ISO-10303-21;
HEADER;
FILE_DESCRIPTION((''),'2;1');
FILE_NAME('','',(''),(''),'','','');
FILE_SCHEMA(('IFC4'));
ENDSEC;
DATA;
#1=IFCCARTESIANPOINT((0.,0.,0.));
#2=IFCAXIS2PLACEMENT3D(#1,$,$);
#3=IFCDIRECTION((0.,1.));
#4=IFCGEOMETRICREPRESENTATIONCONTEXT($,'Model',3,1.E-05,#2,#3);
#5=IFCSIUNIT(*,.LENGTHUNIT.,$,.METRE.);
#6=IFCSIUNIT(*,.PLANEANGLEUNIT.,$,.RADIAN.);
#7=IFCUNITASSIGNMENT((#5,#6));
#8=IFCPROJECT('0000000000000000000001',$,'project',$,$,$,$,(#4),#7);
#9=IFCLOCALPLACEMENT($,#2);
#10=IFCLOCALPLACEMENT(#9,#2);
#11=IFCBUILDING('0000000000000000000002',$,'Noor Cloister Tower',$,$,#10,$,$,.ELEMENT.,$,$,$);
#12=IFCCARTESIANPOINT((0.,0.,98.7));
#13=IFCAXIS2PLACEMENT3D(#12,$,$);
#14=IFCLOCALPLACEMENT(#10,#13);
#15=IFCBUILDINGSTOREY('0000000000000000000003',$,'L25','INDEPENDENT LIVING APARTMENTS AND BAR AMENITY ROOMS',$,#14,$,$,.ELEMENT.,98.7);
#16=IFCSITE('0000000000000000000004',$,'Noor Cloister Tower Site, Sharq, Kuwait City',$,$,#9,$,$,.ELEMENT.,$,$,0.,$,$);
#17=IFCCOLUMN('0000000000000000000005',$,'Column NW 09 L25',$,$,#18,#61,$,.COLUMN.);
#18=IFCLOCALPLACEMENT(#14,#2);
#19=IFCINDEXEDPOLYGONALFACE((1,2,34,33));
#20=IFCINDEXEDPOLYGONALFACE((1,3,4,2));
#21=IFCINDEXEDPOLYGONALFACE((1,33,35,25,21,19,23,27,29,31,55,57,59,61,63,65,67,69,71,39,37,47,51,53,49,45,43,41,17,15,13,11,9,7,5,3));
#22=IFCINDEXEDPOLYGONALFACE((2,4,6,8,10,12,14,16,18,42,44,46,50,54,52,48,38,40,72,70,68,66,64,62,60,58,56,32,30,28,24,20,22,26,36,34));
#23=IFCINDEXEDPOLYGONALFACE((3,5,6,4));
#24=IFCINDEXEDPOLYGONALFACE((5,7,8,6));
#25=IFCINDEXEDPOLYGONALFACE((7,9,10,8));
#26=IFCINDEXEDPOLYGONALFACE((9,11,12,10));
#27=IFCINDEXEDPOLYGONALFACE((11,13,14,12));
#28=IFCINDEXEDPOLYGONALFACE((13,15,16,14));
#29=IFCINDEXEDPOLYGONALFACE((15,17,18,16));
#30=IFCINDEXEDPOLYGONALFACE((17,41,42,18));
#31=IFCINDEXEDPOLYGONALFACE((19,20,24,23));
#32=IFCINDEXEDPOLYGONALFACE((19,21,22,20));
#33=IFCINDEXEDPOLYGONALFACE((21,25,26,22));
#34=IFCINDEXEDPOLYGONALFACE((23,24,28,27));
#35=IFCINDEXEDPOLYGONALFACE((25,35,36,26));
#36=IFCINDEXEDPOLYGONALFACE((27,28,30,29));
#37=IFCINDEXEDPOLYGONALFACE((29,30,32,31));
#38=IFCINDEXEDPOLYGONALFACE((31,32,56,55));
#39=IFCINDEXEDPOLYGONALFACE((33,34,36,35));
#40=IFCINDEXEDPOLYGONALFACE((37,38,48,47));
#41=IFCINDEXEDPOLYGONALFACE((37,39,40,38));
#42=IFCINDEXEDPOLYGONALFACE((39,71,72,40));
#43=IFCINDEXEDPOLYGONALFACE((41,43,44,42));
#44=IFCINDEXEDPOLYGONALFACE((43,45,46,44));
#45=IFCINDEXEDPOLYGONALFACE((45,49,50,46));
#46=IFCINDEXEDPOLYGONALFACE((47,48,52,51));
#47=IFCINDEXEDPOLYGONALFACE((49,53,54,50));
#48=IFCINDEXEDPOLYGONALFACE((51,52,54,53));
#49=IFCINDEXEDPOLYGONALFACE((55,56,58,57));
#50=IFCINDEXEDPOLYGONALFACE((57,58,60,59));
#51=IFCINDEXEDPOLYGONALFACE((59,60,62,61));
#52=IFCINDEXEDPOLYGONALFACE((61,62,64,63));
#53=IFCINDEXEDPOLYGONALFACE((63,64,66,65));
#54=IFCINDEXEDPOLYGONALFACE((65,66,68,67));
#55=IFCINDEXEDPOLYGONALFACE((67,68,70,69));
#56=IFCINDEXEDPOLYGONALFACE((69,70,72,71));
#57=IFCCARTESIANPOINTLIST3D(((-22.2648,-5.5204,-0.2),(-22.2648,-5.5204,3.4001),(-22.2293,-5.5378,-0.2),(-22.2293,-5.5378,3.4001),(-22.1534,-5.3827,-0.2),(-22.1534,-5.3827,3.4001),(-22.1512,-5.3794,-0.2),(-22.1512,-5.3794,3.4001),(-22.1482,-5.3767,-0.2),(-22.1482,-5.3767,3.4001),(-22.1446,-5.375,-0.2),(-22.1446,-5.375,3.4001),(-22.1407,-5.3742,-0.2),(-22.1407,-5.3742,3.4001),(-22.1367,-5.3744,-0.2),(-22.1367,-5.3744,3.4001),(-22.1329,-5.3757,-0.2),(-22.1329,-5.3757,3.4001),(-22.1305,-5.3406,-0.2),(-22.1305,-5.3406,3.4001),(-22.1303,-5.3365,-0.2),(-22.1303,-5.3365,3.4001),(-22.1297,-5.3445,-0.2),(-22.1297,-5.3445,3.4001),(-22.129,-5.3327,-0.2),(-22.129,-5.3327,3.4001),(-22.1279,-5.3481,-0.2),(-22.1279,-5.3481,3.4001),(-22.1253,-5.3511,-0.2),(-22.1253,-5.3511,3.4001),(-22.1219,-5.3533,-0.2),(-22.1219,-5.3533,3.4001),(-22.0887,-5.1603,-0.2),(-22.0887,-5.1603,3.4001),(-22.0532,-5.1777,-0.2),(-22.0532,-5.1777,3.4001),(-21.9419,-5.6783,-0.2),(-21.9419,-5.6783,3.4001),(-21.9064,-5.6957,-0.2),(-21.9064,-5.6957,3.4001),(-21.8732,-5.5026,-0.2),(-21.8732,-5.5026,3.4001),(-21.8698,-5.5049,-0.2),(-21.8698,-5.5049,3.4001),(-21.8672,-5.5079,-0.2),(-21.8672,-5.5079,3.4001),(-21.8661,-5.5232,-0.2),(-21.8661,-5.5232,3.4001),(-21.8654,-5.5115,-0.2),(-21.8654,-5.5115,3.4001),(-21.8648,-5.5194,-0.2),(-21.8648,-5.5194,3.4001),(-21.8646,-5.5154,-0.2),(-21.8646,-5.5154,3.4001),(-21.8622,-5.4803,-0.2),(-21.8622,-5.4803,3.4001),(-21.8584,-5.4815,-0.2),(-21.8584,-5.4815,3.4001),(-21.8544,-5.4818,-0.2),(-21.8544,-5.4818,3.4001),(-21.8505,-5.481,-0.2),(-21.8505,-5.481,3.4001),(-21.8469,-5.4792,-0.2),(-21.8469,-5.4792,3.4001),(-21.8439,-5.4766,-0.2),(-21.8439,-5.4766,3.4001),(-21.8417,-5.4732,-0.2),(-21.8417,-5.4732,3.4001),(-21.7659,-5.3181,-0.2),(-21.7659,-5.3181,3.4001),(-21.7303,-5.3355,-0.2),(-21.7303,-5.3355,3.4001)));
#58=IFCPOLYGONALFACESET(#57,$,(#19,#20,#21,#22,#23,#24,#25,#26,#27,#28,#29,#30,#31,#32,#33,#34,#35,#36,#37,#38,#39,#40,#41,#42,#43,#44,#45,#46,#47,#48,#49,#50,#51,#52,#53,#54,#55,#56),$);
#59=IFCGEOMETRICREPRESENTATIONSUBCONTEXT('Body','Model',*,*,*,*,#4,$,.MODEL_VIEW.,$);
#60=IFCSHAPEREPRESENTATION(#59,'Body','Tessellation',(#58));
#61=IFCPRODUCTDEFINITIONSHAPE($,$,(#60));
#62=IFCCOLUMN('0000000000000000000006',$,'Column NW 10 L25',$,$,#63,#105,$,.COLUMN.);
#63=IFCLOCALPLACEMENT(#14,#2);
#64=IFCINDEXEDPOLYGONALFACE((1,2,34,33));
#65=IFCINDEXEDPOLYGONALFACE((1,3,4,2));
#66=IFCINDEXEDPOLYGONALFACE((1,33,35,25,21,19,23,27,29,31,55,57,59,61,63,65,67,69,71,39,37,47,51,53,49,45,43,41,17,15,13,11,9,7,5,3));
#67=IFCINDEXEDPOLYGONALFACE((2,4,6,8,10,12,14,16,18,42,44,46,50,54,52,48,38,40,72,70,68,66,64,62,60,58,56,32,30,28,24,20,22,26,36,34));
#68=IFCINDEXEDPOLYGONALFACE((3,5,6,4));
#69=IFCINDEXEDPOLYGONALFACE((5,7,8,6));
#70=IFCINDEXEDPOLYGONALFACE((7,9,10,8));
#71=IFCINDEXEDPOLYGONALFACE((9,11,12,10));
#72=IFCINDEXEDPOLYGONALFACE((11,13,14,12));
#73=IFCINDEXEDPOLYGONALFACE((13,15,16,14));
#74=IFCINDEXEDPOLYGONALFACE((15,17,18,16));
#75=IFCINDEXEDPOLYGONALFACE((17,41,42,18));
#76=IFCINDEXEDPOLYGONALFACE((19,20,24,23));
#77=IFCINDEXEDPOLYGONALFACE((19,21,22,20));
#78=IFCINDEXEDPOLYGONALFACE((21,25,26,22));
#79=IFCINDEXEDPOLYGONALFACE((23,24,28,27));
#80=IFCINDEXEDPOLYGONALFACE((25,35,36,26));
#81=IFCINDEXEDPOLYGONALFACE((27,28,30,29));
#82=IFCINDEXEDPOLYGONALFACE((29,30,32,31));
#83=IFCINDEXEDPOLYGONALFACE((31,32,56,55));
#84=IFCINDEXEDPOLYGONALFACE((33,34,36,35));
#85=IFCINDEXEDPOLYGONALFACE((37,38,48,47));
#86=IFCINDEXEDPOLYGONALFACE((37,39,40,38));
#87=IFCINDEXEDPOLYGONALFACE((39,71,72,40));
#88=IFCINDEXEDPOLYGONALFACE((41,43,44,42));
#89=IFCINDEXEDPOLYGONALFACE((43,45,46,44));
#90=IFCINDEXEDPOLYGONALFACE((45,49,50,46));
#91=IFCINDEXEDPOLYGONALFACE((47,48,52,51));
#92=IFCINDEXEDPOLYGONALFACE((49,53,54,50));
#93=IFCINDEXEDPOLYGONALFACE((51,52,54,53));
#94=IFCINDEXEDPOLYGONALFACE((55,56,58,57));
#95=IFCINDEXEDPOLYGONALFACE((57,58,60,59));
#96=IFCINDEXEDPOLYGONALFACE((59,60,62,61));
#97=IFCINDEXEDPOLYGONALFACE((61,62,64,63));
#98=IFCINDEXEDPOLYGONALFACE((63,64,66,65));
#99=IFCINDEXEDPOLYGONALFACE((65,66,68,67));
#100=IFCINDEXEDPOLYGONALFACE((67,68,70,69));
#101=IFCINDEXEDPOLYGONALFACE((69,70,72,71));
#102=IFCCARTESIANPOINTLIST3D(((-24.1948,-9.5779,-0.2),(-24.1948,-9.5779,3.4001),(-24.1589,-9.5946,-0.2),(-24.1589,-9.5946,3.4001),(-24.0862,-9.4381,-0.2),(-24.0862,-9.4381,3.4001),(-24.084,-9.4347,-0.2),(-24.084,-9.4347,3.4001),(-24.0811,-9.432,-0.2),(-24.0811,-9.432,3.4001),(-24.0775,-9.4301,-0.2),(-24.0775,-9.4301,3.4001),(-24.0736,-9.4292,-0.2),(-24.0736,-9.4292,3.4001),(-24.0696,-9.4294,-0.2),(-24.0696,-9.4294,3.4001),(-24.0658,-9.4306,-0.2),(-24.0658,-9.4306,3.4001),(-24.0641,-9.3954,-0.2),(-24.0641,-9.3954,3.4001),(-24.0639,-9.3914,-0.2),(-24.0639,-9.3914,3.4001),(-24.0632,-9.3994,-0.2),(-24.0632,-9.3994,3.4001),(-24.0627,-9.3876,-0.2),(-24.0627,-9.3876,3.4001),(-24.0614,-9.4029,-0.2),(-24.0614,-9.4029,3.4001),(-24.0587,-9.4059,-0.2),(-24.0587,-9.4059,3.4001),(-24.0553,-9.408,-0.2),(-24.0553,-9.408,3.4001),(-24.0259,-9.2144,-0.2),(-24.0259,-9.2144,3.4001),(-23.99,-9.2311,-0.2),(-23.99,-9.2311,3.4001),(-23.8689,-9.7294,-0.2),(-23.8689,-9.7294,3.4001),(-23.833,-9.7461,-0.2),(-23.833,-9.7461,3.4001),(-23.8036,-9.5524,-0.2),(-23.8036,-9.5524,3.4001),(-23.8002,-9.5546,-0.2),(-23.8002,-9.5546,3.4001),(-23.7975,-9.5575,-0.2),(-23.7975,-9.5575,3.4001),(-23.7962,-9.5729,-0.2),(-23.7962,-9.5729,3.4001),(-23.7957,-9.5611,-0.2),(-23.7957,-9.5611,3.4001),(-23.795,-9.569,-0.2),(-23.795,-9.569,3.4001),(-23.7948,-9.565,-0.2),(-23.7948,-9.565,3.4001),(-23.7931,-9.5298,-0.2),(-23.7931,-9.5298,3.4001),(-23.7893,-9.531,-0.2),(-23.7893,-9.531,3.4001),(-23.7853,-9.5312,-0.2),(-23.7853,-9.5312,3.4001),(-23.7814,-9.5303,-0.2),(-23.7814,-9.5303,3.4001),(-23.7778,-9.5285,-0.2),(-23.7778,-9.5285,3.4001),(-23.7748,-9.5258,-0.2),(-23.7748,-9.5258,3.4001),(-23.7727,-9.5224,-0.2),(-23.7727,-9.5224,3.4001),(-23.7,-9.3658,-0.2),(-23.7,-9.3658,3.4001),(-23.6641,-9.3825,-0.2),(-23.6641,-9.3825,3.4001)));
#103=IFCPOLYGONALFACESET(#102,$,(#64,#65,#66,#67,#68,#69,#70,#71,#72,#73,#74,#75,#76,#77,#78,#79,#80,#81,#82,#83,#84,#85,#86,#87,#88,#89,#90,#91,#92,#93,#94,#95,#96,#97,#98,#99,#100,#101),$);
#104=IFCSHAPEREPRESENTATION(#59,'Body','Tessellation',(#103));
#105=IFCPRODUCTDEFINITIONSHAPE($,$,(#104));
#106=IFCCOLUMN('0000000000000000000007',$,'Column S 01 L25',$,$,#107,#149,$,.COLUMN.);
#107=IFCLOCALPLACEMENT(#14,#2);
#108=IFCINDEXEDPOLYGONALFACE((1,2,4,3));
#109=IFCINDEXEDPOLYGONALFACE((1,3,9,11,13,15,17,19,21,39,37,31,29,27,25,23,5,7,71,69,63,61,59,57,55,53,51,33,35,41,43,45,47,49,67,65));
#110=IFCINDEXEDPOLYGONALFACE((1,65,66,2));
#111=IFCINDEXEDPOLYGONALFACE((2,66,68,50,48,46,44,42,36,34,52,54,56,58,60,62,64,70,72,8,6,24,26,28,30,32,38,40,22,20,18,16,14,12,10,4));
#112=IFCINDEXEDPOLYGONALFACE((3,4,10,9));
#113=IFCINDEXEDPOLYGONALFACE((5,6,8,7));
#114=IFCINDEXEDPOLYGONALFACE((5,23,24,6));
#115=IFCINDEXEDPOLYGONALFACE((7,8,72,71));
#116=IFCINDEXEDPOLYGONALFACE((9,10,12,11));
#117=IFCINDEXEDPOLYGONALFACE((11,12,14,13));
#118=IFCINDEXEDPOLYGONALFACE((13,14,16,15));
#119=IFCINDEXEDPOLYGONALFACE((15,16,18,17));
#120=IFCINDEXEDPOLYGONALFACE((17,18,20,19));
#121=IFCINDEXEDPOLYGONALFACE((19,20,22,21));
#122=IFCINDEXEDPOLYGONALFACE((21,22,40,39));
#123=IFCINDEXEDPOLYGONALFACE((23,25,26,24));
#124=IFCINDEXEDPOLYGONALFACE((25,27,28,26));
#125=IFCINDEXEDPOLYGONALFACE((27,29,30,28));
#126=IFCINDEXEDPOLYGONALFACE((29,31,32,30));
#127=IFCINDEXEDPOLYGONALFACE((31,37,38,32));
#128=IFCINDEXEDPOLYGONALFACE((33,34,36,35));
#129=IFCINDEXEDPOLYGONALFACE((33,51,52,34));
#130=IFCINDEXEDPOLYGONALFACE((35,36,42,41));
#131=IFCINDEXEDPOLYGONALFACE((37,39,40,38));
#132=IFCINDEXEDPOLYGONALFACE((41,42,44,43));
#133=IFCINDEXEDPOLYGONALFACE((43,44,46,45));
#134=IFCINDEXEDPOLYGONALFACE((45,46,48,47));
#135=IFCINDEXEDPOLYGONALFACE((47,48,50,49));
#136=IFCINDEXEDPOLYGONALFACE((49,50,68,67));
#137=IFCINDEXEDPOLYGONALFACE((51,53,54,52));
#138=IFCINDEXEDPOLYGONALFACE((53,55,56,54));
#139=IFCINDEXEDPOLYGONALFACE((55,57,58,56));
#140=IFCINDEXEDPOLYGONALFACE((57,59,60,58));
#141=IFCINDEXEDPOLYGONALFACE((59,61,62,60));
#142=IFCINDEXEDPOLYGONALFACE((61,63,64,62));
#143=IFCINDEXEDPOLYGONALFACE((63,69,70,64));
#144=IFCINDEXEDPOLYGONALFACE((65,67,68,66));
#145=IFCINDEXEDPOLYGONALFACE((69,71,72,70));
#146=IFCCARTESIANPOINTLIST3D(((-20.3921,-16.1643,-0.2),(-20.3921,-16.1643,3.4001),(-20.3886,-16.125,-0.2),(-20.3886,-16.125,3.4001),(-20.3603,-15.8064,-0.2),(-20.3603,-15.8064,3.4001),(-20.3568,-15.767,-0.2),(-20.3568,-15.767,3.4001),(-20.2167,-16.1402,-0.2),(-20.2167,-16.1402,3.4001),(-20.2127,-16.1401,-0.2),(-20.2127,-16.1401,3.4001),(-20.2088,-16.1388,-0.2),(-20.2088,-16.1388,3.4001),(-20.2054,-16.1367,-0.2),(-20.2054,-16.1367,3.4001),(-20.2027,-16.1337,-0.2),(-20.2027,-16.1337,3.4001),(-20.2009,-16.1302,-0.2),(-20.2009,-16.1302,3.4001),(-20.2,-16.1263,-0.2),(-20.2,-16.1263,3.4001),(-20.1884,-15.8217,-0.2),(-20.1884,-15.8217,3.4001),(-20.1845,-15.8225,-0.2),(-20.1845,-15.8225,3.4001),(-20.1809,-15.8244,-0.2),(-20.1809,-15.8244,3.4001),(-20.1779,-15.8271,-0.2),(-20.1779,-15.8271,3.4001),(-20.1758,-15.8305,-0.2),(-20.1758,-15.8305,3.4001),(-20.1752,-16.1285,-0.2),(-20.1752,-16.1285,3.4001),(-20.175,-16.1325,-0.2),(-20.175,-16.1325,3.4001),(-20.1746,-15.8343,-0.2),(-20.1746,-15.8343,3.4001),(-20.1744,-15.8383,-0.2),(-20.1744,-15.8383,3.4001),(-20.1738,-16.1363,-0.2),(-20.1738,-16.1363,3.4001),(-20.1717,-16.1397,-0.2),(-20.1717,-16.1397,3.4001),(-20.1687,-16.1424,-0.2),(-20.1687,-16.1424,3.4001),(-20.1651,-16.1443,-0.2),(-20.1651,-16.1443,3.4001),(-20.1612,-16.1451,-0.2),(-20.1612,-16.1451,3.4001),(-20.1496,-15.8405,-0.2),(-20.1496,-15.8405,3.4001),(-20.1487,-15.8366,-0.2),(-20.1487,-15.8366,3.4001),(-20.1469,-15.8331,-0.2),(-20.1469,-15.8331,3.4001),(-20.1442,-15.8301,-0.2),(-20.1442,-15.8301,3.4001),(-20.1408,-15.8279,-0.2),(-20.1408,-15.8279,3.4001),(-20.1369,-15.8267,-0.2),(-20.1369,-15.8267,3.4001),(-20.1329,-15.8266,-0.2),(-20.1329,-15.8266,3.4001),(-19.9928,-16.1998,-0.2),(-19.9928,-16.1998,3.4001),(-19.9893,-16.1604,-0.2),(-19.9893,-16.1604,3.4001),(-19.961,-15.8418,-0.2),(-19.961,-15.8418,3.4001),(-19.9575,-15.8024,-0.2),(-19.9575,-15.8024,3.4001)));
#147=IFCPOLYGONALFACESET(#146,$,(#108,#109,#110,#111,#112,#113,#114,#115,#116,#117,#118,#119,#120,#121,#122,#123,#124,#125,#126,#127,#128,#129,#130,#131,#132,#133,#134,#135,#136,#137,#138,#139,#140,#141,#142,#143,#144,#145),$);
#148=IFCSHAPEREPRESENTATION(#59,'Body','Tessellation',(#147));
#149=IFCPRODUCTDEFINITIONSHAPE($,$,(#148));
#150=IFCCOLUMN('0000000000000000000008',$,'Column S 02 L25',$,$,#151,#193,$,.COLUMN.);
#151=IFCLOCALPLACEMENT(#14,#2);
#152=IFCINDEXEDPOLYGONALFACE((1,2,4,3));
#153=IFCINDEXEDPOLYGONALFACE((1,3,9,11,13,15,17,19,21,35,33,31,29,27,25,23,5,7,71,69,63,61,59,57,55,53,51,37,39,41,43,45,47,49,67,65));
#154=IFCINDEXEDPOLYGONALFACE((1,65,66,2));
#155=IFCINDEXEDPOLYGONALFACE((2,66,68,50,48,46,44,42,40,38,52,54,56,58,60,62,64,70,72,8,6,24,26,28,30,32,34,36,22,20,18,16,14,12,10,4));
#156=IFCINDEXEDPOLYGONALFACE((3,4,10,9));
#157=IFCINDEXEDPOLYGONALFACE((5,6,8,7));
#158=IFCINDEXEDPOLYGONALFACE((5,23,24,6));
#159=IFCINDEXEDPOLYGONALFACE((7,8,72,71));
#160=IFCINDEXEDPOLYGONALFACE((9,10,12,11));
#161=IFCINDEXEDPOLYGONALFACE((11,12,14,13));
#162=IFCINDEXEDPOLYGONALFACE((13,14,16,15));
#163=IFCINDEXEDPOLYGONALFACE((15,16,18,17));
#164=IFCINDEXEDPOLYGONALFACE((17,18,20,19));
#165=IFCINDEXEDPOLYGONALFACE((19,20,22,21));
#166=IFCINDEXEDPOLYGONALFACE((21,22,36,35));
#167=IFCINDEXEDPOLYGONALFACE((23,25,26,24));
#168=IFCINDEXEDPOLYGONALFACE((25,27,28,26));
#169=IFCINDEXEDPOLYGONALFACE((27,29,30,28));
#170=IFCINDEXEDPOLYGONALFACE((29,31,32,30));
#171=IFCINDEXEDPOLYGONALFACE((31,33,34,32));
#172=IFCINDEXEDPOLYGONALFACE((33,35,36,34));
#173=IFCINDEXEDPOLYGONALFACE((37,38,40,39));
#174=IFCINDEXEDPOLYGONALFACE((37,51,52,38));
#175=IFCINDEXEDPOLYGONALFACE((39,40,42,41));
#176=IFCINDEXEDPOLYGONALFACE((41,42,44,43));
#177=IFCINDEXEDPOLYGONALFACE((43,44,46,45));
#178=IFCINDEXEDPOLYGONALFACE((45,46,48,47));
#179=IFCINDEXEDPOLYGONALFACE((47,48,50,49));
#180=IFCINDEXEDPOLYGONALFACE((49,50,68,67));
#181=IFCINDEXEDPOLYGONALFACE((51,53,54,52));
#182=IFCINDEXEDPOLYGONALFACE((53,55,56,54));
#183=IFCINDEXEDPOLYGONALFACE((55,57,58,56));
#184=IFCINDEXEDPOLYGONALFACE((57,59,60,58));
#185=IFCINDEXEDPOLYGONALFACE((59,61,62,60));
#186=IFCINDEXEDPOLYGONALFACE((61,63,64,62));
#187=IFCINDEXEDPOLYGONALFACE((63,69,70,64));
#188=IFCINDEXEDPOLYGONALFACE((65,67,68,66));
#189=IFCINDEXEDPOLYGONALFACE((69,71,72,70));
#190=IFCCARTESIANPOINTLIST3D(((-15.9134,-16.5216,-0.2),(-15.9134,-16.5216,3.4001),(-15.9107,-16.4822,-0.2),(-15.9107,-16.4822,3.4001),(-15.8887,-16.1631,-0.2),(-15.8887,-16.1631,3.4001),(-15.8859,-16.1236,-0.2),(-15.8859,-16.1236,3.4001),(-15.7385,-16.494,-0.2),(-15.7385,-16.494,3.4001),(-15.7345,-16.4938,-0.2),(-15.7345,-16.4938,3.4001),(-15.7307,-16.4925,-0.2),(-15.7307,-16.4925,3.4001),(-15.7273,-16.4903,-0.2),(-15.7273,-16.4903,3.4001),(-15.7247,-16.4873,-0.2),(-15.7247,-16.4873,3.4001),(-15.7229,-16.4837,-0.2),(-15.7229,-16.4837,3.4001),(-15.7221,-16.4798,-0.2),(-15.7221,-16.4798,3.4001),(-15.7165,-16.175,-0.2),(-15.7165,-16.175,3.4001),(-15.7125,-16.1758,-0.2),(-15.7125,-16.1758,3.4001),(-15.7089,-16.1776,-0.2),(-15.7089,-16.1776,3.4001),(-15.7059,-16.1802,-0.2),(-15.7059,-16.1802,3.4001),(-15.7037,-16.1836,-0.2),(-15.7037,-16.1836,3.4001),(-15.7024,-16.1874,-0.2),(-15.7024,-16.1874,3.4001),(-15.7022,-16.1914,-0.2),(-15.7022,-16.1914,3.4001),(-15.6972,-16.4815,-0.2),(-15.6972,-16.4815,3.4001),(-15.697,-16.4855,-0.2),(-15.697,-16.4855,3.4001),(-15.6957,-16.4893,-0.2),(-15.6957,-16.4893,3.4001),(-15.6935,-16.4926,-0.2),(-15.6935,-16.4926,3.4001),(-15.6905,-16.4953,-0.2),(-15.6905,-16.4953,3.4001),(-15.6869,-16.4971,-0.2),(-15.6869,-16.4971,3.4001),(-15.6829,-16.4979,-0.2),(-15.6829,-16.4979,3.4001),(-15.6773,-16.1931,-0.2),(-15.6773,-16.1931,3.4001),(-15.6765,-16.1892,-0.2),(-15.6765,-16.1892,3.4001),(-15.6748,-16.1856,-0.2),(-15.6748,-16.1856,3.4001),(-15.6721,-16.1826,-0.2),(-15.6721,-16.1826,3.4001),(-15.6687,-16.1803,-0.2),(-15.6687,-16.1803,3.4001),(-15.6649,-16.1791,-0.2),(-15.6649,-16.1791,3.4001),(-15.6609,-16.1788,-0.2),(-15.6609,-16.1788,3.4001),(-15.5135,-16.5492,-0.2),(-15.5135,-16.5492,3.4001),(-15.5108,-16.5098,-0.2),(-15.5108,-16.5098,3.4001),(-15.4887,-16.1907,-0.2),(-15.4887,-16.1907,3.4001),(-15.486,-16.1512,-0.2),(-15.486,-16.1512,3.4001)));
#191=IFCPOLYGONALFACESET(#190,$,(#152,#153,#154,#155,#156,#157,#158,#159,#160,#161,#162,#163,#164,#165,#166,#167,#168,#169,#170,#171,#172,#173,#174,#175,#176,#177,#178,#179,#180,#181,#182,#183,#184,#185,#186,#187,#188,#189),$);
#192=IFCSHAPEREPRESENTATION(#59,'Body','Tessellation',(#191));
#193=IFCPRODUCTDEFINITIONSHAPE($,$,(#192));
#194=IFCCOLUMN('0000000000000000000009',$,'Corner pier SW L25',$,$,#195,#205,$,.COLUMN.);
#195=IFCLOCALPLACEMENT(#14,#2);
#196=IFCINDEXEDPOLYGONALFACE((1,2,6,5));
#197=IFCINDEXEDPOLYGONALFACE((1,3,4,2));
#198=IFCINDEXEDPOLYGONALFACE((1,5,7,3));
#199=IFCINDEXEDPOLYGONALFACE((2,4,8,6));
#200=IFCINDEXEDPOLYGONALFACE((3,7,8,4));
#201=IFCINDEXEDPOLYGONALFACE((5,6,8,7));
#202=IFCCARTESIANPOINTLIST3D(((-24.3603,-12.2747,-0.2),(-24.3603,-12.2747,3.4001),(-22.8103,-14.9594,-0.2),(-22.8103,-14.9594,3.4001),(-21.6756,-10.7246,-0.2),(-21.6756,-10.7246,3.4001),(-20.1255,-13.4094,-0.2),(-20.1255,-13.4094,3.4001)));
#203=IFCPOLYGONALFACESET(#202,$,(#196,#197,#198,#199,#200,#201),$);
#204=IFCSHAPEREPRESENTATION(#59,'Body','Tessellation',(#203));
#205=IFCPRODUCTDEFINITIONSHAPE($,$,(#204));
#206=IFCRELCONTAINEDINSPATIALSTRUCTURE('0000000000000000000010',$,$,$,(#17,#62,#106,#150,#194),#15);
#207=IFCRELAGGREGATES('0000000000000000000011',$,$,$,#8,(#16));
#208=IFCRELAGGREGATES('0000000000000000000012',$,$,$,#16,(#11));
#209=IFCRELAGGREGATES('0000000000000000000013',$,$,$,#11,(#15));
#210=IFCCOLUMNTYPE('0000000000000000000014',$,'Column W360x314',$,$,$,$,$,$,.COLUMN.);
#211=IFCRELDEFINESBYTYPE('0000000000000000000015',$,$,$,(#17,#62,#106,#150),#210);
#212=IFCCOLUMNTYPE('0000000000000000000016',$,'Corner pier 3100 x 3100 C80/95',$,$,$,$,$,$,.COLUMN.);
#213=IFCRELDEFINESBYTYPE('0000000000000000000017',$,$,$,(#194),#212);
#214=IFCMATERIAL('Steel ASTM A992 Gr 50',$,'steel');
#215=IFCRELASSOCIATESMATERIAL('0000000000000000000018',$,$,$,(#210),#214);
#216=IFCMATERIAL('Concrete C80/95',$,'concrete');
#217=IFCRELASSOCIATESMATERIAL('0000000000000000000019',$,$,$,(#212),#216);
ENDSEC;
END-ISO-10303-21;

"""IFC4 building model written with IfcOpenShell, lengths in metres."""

from ifc_helpers import new_model, si_unit, direction, frame, origin, origin_2d, place, context, subcontext, project, spatial, rectangle, i_section, extrude, material, material_profile, profile_set, type_object, element, save


model = new_model("IFC4")

# Units and contexts
model_context = context("Model", 3, precision=1e-05, world=origin(), true_north=direction((0.0, 1.0)))
body_context = subcontext(model_context, "Body", "Model", "MODEL_VIEW")
ifc_project = project(units=[si_unit("LENGTHUNIT", "METRE"), si_unit("PLANEANGLEUNIT", "RADIAN")], contexts=[model_context])

# Site, building, storey
site_placement = place(None, origin())
site = spatial("IfcSite", under=ifc_project, at=site_placement, Name="Noor Cloister Tower Site, Sharq, Kuwait City", CompositionType="ELEMENT", RefElevation=0.0)
building_placement = place(site_placement, origin())
building = spatial("IfcBuilding", under=site, at=building_placement, Name="Noor Cloister Tower", CompositionType="ELEMENT")
storey_placement = place(building_placement, frame((0.0, 0.0, 98.7)))
storey = spatial("IfcBuildingStorey", under=building, at=storey_placement, Name="L25", Description="INDEPENDENT LIVING APARTMENTS AND BAR AMENITY ROOMS", CompositionType="ELEMENT", Elevation=98.7)

# Columns
ifc_material_1 = material(Name="Steel ASTM A992 Gr 50", Category="steel")
ifc_material_profile_1 = material_profile(ifc_material_1, i_section(OverallWidth=0.4009, OverallDepth=0.3989, WebThickness=0.0249, FlangeThickness=0.0396, FilletRadius=0.0154, at=origin_2d()), Name="W360x314")
ifc_profile_set_1 = profile_set([ifc_material_profile_1], Name="Steel ASTM A992 Gr 50")
column_type_1 = type_object("IfcColumnType", Name="Column W360x314", PredefinedType="COLUMN", material=ifc_profile_set_1)
for number, where, z_axis, x_axis, name in (
    (1, (-21.9976, -5.428, -0.2), (0.0, 0.0, 1.0), (-0.439199, -0.89839, 0.0), "Column NW 09 L25"),
    (2, (-23.9294, -9.4802, -0.2), (0.0, 0.0, 1.0), (-0.421432, -0.90686, 0.0), "Column NW 10 L25"),
    (3, (-20.1748, -15.9834, -0.2), (0.0, 0.0, 1.0), (0.99608, -0.088459, 0.0), "Column S 01 L25"),
    (4, (-15.6997, -16.3364, -0.2), (0.0, 0.0, 1.0), (0.997628, -0.068837, 0.0), "Column S 02 L25"),
):
    element("IfcColumn", number, at=place(storey_placement, frame(where, z_axis=z_axis, x_axis=x_axis)), inside=storey, type_object=column_type_1, Name=name, PredefinedType="COLUMN", context=body_context, shape_type="SweptSolid", body=[
        extrude(i_section(OverallWidth=0.4009, OverallDepth=0.3989, WebThickness=0.0249, FlangeThickness=0.0396, FilletRadius=0.0154, at=origin_2d()), origin(), (0.0, 0.0, 1.0), 3.6001),
    ])
ifc_material_2 = material(Name="Concrete C80/95", Category="concrete")
ifc_material_profile_2 = material_profile(ifc_material_2, rectangle(XDim=3.1001, YDim=3.1001, at=origin_2d()), Name="RC 3100x3100")
ifc_profile_set_2 = profile_set([ifc_material_profile_2], Name="Concrete C80/95")
column_type_2 = type_object("IfcColumnType", Name="Corner pier 3100 x 3100 C80/95", PredefinedType="COLUMN", material=ifc_profile_set_2)
column_placement = place(storey_placement, frame((-22.2429, -12.842, -0.2), z_axis=(0.0, 0.0, 1.0), x_axis=(-0.866025, -0.5, 0.0)))
element("IfcColumn", 5, at=column_placement, inside=storey, type_object=column_type_2, Name="Corner pier SW L25", PredefinedType="COLUMN", context=body_context, shape_type="SweptSolid", body=[
    extrude(rectangle(XDim=3.1001, YDim=3.1001, at=origin_2d()), origin(), (0.0, 0.0, 1.0), 3.6001),
])

save(model, "model.ifc")
